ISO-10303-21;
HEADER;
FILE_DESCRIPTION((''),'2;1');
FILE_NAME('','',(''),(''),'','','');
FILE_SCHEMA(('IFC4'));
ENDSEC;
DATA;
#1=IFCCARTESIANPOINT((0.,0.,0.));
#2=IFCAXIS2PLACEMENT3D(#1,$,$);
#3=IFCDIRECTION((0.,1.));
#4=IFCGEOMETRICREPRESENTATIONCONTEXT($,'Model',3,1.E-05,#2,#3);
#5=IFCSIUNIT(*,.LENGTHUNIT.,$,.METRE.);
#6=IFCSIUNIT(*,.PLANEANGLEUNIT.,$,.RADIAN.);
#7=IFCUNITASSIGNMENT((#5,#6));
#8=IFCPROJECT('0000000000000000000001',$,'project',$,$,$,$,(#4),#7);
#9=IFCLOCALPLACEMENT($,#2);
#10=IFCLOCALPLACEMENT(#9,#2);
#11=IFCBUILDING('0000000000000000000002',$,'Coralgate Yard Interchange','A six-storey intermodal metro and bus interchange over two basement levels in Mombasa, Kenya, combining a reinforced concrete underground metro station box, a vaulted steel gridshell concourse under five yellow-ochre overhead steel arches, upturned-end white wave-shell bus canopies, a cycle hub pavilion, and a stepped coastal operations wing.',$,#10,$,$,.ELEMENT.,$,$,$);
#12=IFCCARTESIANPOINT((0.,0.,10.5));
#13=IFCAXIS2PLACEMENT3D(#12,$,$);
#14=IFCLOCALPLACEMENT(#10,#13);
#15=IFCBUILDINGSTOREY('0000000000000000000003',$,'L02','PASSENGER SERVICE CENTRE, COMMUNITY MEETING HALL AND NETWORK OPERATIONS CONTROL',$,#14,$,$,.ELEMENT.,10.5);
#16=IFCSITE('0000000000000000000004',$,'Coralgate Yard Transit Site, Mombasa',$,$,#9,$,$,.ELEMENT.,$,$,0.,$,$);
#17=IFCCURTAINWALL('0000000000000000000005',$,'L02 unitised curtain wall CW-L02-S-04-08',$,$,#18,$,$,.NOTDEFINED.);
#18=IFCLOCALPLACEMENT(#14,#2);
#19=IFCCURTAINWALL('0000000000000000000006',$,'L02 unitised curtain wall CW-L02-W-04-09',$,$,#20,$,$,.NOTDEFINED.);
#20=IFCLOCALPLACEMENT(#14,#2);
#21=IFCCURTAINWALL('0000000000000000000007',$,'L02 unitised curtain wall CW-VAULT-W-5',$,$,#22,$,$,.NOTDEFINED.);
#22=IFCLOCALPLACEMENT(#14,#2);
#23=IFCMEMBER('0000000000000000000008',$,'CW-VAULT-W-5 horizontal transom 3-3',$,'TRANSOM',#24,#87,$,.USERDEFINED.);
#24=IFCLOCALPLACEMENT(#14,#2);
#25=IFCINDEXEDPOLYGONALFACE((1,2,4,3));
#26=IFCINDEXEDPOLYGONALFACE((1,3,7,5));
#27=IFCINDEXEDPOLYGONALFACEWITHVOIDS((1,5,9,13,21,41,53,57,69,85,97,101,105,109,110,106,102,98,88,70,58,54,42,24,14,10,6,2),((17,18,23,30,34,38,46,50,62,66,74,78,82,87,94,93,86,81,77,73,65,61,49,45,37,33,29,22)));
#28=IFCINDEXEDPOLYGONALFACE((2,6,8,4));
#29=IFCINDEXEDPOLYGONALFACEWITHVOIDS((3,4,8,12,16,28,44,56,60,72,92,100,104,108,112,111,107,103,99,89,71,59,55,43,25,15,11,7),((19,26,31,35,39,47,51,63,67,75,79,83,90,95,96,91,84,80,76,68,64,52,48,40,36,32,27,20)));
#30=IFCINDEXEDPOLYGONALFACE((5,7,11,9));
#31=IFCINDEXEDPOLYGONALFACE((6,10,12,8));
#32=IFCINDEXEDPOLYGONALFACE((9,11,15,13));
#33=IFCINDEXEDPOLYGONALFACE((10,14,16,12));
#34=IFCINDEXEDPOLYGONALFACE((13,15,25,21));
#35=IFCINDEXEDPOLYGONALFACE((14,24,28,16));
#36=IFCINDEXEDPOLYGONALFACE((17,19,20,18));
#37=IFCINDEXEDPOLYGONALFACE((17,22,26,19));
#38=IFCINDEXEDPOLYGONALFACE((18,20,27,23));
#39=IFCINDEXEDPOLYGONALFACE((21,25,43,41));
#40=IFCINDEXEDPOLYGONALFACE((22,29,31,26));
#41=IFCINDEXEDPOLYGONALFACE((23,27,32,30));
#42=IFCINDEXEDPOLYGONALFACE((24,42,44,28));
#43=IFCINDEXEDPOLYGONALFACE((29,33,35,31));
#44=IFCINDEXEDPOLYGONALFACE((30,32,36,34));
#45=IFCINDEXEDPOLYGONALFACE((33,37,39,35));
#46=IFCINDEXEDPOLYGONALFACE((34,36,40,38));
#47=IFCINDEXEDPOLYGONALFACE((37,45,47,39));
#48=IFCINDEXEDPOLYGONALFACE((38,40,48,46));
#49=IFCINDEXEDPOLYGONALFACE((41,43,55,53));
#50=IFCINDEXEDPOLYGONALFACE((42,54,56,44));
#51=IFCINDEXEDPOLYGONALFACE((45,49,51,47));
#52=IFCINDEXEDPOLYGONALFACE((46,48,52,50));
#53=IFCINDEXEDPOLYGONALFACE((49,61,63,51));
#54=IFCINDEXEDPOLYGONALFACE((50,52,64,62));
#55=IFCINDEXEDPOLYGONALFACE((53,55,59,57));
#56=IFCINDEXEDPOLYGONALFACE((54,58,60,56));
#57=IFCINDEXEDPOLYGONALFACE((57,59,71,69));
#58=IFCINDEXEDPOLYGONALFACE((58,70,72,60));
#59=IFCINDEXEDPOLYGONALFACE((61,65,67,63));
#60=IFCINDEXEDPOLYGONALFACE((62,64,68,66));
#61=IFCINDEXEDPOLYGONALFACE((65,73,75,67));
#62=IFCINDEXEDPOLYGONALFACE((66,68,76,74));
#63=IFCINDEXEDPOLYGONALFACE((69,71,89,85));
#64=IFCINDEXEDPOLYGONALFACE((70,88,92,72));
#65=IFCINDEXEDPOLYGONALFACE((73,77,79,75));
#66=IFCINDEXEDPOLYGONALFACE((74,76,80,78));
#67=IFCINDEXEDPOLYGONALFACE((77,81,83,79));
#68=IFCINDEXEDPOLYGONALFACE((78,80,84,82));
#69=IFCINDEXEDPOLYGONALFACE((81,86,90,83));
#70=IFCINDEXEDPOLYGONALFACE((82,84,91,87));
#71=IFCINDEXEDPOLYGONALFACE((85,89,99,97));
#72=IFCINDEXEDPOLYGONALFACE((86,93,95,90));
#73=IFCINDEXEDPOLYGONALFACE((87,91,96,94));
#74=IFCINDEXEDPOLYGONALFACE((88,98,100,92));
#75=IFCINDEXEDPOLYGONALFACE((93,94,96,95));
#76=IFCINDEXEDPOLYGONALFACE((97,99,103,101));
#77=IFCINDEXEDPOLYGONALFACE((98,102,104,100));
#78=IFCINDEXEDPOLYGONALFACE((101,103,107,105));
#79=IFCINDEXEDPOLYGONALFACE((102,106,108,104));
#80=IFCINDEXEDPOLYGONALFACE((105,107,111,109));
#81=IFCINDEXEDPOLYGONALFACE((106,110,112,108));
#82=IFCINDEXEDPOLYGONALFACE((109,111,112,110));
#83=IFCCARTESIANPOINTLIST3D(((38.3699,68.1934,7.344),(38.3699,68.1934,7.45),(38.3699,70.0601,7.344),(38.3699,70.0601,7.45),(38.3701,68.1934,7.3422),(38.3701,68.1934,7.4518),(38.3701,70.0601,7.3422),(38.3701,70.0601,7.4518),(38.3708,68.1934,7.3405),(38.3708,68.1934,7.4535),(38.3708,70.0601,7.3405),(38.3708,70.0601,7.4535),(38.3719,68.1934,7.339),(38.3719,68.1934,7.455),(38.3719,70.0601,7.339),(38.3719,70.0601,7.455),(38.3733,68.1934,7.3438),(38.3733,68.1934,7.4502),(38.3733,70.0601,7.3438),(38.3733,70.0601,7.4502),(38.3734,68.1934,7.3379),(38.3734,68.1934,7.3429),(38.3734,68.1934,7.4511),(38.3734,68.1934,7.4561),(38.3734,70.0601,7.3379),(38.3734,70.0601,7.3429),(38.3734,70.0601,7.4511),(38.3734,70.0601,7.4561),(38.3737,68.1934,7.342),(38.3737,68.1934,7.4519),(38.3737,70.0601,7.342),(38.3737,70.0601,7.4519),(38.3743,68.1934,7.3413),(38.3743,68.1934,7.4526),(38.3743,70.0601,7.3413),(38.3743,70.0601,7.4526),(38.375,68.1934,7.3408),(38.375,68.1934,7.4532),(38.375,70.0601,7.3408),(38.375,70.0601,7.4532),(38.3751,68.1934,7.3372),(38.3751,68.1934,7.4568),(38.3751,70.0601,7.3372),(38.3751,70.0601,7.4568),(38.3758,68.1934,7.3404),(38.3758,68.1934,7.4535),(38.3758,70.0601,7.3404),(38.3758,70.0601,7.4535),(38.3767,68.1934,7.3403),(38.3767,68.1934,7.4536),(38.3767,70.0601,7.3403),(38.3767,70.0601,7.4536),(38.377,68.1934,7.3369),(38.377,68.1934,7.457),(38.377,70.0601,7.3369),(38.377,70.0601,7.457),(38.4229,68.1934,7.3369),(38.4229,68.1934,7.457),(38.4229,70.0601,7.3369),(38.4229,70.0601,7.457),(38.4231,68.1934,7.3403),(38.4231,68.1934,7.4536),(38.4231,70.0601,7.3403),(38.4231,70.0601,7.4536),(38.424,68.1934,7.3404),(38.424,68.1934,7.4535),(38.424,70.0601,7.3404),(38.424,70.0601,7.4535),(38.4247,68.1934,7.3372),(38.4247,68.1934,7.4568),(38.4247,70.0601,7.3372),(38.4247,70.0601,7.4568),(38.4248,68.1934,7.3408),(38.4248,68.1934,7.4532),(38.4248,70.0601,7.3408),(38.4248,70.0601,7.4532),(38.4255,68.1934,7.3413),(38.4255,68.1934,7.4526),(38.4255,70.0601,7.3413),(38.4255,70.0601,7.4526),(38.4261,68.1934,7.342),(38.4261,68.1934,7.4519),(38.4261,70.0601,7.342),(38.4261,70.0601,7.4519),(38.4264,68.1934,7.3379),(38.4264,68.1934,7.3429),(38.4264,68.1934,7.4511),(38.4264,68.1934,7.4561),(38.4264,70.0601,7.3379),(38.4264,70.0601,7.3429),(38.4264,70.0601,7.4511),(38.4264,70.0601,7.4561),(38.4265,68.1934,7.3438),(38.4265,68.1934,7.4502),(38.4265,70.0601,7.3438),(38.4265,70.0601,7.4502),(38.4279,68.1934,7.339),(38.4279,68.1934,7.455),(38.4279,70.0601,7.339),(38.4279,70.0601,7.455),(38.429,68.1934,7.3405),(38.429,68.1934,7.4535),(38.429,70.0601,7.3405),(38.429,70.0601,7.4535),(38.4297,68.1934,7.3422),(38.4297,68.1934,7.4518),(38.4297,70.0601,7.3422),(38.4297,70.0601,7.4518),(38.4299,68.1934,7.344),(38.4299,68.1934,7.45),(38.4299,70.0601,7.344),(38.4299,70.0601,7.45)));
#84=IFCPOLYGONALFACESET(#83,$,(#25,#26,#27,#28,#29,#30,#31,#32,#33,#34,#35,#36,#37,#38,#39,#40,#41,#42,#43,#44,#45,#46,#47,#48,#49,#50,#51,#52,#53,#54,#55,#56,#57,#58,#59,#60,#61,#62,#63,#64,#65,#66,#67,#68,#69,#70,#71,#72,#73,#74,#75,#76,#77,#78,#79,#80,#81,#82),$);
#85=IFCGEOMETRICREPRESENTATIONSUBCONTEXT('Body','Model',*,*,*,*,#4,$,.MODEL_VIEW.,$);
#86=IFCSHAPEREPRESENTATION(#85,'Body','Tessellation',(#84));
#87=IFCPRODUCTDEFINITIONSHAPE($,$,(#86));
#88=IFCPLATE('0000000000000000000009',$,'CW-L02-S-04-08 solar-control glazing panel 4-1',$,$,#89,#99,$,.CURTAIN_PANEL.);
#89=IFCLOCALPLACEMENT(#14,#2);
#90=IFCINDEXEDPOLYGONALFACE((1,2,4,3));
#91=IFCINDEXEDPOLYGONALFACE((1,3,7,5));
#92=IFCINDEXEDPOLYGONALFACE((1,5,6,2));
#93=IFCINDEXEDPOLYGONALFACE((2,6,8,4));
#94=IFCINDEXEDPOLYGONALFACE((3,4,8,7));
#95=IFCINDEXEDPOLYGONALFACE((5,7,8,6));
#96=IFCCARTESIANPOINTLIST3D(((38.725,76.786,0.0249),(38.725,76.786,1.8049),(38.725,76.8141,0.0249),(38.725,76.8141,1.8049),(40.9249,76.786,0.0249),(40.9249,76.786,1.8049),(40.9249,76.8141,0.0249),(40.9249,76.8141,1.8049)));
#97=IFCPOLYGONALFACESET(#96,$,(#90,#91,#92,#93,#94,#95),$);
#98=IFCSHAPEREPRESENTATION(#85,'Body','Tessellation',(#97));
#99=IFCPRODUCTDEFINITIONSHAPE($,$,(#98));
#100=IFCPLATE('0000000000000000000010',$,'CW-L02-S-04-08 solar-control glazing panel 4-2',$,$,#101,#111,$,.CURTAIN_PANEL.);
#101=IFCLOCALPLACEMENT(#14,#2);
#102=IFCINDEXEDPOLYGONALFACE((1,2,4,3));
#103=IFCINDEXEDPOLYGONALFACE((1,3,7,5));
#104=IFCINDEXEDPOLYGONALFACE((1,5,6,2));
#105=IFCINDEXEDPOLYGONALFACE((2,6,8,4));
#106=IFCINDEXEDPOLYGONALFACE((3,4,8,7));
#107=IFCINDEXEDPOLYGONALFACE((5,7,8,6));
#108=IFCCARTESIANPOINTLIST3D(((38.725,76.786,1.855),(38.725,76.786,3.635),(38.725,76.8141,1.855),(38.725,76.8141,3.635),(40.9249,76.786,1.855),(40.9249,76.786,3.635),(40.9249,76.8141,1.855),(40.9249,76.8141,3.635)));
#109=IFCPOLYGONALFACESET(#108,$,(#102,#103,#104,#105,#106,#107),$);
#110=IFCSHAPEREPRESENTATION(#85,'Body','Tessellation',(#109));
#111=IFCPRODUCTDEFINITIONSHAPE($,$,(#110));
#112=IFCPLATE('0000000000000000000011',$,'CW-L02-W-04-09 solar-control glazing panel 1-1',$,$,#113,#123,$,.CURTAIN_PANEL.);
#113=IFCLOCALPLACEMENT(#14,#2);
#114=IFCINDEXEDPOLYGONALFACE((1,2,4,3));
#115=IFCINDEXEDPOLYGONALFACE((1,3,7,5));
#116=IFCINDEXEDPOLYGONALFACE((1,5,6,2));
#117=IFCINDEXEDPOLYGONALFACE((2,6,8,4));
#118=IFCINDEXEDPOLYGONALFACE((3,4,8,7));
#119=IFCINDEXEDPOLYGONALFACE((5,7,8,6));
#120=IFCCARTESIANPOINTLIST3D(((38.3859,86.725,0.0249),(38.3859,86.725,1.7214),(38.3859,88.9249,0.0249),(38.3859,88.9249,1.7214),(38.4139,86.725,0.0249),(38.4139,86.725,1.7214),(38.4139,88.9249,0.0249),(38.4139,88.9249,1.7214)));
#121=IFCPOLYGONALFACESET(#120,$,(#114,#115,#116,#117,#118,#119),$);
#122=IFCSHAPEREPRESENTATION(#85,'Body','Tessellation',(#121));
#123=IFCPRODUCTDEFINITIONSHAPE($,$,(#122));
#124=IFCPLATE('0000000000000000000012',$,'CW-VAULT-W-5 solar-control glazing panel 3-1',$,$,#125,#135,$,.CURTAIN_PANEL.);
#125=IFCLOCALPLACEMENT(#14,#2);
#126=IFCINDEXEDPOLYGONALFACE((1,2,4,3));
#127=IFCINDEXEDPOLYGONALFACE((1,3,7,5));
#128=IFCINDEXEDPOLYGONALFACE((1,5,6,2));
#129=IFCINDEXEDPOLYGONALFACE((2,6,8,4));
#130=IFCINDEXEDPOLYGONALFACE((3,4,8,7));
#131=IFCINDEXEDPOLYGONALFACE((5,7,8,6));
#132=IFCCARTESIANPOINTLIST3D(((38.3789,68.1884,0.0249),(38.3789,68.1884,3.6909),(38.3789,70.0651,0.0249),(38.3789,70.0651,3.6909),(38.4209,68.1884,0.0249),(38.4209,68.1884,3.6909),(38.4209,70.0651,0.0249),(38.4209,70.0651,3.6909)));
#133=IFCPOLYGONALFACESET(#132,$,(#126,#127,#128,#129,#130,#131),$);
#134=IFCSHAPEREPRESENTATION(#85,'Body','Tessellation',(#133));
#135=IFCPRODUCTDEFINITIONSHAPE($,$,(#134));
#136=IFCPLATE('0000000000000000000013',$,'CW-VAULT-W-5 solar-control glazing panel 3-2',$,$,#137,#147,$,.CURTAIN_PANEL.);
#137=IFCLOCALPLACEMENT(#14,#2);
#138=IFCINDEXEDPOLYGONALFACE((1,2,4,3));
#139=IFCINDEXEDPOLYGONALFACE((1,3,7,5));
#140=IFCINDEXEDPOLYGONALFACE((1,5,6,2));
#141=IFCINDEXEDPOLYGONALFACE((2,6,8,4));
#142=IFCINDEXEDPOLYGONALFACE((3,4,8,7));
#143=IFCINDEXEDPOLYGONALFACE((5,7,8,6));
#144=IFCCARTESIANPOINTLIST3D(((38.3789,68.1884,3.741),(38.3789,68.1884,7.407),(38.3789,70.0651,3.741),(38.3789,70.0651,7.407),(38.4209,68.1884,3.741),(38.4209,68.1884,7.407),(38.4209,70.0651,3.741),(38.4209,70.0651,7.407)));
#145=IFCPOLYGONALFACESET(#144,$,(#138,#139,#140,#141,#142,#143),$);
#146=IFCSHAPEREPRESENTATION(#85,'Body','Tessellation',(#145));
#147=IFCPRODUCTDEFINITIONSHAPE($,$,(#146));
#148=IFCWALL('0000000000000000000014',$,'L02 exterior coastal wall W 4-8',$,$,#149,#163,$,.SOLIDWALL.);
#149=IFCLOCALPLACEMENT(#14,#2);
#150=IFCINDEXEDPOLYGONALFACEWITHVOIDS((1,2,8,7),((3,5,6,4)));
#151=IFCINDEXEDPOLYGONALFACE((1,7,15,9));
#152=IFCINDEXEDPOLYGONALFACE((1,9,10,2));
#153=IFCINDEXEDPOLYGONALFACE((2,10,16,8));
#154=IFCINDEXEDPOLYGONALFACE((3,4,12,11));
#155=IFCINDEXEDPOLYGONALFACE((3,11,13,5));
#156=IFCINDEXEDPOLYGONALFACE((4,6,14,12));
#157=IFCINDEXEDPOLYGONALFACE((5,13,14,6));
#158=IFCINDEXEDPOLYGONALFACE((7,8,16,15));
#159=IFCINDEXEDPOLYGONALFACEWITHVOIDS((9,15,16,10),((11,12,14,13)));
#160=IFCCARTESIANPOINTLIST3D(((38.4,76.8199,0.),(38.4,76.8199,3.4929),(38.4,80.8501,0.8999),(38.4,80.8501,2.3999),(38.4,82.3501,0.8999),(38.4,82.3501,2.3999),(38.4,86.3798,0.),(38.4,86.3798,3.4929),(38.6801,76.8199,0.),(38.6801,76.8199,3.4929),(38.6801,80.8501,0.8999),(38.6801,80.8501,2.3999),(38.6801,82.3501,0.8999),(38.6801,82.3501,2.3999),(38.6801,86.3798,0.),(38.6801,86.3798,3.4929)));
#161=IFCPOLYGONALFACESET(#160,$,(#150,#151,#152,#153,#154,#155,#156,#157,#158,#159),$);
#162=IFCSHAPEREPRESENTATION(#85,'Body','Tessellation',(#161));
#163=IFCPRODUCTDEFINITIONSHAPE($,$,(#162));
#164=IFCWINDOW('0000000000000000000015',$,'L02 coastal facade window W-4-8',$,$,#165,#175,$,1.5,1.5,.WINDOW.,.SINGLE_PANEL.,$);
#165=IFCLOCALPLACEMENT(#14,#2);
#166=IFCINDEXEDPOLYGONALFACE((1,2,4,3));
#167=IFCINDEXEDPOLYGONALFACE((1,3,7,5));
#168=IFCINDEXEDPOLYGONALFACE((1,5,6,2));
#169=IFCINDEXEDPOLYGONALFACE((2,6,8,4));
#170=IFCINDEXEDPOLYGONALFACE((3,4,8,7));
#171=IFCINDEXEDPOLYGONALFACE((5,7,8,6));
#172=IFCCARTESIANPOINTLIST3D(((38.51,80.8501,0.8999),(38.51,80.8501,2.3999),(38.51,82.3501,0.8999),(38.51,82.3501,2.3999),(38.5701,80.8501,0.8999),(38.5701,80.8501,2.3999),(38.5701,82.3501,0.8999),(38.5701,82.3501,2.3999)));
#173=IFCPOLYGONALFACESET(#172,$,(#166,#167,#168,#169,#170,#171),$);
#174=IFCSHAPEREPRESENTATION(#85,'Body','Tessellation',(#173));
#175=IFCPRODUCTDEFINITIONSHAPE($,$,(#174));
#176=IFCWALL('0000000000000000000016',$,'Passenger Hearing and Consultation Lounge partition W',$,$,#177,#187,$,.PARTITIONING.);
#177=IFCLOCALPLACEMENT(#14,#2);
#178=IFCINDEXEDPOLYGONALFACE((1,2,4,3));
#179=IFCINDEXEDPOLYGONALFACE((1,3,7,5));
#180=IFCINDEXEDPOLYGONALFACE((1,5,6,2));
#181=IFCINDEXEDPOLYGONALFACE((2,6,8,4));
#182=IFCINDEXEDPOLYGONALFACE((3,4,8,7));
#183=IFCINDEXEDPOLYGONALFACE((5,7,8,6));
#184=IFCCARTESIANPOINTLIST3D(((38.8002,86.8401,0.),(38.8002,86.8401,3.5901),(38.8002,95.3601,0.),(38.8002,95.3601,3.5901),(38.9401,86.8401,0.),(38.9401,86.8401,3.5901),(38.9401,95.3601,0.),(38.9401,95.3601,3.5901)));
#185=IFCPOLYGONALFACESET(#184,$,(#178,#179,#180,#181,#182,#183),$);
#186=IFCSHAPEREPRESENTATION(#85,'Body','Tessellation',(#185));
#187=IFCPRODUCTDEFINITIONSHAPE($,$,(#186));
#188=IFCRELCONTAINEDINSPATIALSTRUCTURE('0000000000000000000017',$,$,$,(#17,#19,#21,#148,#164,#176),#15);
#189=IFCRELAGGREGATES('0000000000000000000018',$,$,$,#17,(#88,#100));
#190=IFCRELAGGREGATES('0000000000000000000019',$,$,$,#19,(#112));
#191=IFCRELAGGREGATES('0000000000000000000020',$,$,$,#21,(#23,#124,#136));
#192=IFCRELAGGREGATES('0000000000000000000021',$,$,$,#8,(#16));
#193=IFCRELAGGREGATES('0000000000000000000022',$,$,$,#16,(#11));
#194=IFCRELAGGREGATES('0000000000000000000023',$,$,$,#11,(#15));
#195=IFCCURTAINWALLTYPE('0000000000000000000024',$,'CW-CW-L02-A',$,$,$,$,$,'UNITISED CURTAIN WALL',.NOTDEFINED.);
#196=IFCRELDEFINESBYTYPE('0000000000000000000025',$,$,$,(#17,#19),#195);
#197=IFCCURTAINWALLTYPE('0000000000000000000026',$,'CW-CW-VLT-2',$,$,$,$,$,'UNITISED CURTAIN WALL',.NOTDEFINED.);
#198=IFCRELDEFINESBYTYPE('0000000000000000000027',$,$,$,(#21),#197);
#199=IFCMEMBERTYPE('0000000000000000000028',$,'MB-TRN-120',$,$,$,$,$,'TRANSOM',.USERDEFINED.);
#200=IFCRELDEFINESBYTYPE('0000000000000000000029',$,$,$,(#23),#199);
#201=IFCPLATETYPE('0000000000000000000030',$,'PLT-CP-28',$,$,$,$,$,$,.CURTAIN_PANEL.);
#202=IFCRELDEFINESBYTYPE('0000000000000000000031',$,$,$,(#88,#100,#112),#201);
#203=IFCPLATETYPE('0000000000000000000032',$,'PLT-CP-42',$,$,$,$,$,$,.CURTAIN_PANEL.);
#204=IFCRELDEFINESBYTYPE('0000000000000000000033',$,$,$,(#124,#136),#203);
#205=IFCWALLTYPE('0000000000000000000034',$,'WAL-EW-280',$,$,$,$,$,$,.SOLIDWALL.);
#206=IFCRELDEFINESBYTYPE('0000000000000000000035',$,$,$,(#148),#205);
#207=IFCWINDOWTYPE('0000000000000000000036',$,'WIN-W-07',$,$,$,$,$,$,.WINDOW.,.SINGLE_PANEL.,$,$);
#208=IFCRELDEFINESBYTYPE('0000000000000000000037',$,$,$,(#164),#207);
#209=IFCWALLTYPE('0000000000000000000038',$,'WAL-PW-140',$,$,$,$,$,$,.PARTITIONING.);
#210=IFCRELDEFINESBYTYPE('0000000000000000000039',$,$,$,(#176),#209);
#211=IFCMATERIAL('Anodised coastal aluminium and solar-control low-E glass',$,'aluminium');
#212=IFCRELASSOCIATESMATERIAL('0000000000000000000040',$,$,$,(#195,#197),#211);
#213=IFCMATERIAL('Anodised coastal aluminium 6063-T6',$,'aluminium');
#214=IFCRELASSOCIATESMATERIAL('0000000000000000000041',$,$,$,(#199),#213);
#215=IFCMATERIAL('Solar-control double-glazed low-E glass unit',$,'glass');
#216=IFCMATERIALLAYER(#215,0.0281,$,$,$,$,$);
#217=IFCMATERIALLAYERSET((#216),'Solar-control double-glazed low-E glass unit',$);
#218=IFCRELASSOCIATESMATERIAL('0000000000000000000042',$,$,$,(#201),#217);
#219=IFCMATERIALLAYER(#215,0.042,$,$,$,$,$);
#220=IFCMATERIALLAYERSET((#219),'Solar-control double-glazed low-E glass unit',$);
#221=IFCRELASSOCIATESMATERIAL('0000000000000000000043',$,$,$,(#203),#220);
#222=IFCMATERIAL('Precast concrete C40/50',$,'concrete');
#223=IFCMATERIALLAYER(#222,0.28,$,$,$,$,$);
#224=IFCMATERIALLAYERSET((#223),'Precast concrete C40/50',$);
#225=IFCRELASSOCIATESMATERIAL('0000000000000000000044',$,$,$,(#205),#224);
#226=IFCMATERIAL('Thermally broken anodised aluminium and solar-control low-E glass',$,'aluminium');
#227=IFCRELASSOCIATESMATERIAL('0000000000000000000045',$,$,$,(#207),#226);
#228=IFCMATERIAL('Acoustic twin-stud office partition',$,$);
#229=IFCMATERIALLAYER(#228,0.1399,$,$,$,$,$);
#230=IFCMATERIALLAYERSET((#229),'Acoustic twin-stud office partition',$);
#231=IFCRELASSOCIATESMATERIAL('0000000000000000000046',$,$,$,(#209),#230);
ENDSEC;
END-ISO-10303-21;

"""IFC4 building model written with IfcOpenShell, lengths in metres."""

from ifc_helpers import new_model, si_unit, direction, frame, frame_2d, origin, origin_2d, place, context, subcontext, project, spatial, rectangle, hollow_rectangle, extrude, material, layer, layer_set, material_profile, profile_set, type_object, element, fill, aggregate, save


model = new_model("IFC4")

# Units and contexts
model_context = context("Model", 3, precision=1e-05, world=origin(), true_north=direction((0.0, 1.0)))
body_context = subcontext(model_context, "Body", "Model", "MODEL_VIEW")
ifc_project = project(units=[si_unit("LENGTHUNIT", "METRE"), si_unit("PLANEANGLEUNIT", "RADIAN")], contexts=[model_context])

# Site, building, storey
site_placement = place(None, origin())
site = spatial("IfcSite", under=ifc_project, at=site_placement, Name="Coralgate Yard Transit Site, Mombasa", CompositionType="ELEMENT", RefElevation=0.0)
building_placement = place(site_placement, origin())
building = spatial("IfcBuilding", under=site, at=building_placement, Name="Coralgate Yard Interchange", Description="A six-storey intermodal metro and bus interchange over two basement levels in Mombasa, Kenya, combining a reinforced concrete underground metro station box, a vaulted steel gridshell concourse under five yellow-ochre overhead steel arches, upturned-end white wave-shell bus canopies, a cycle hub pavilion, and a stepped coastal operations wing.", CompositionType="ELEMENT")
storey_placement = place(building_placement, frame((0.0, 0.0, 10.5)))
storey = spatial("IfcBuildingStorey", under=building, at=storey_placement, Name="L02", Description="PASSENGER SERVICE CENTRE, COMMUNITY MEETING HALL AND NETWORK OPERATIONS CONTROL", CompositionType="ELEMENT", Elevation=10.5)

# Curtain wall
ifc_material_1 = material(Name="Anodised coastal aluminium and solar-control low-E glass", Category="aluminium")
curtain_wall_type_1 = type_object("IfcCurtainWallType", Name="CW-CW-L02-A", ElementType="UNITISED CURTAIN WALL", PredefinedType="NOTDEFINED", material=ifc_material_1)
curtain_wall_1_placement = place(storey_placement, origin())
curtain_wall_1 = element("IfcCurtainWall", 1, at=curtain_wall_1_placement, inside=storey, type_object=curtain_wall_type_1, Name="L02 unitised curtain wall CW-L02-S-04-08", PredefinedType="NOTDEFINED")
ifc_material_2 = material(Name="Anodised coastal aluminium 6063-T6", Category="aluminium")

# Curtain walls
curtain_wall_2_placement = place(storey_placement, origin())
curtain_wall_2 = element("IfcCurtainWall", 2, at=curtain_wall_2_placement, inside=storey, type_object=curtain_wall_type_1, Name="L02 unitised curtain wall CW-L02-W-04-09", PredefinedType="NOTDEFINED")
curtain_wall_type_2 = type_object("IfcCurtainWallType", Name="CW-CW-VLT-2", ElementType="UNITISED CURTAIN WALL", PredefinedType="NOTDEFINED", material=ifc_material_1)
curtain_wall_3_placement = place(storey_placement, origin())
curtain_wall_3 = element("IfcCurtainWall", 3, at=curtain_wall_3_placement, inside=storey, type_object=curtain_wall_type_2, Name="L02 unitised curtain wall CW-VAULT-W-5", PredefinedType="NOTDEFINED")

# Member
ifc_material_profile_1 = material_profile(ifc_material_2, hollow_rectangle(XDim=0.0601, YDim=0.1201, WallThickness=0.0034, InnerFilletRadius=0.0034, OuterFilletRadius=0.0071, at=origin_2d()), Name="ALU 60x120x3.5")
ifc_profile_set_1 = profile_set([ifc_material_profile_1], Name="Anodised coastal aluminium 6063-T6")
member_type_1 = type_object("IfcMemberType", Name="MB-TRN-120", ElementType="TRANSOM", PredefinedType="USERDEFINED", material=ifc_profile_set_1)
member_1_placement = place(storey_placement, frame((38.3999, 68.1934, 7.397), z_axis=(0.0, 1.0, 0.0), x_axis=(-1.0, 0.0, 0.0)))
member_1 = element("IfcMember", 4, at=member_1_placement, type_object=member_type_1, Name="CW-VAULT-W-5 horizontal transom 3-3", ObjectType="TRANSOM", PredefinedType="USERDEFINED", context=body_context, shape_type="SweptSolid", body=[
    extrude(hollow_rectangle(XDim=0.0601, YDim=0.1201, WallThickness=0.0034, InnerFilletRadius=0.0034, OuterFilletRadius=0.0071, at=origin_2d()), origin(), (0.0, 0.0, 1.0), 1.8667),
])

# Plates
ifc_material_3 = material(Name="Solar-control double-glazed low-E glass unit", Category="glass")
ifc_layer_1 = layer(ifc_material_3, 0.0281)
ifc_layer_set_1 = layer_set([ifc_layer_1], Name="Solar-control double-glazed low-E glass unit")
plate_type_1 = type_object("IfcPlateType", Name="PLT-CP-28", PredefinedType="CURTAIN_PANEL", material=ifc_layer_set_1)
plate_1_placement = place(storey_placement, frame((39.825, 76.8, 0.0249), z_axis=(0.0, 0.0, 1.0), x_axis=(-1.0, 0.0, 0.0)))
plate_1 = element("IfcPlate", 5, at=plate_1_placement, type_object=plate_type_1, Name="CW-L02-S-04-08 solar-control glazing panel 4-1", PredefinedType="CURTAIN_PANEL", context=body_context, shape_type="SweptSolid", body=[
    extrude(rectangle(XDim=2.2, YDim=0.0281, at=origin_2d()), origin(), (0.0, 0.0, 1.0), 1.78),
])
plate_2_placement = place(storey_placement, frame((39.825, 76.8, 1.855), z_axis=(0.0, 0.0, 1.0), x_axis=(-1.0, 0.0, 0.0)))
plate_2 = element("IfcPlate", 6, at=plate_2_placement, type_object=plate_type_1, Name="CW-L02-S-04-08 solar-control glazing panel 4-2", PredefinedType="CURTAIN_PANEL", context=body_context, shape_type="SweptSolid", body=[
    extrude(rectangle(XDim=2.2, YDim=0.0281, at=origin_2d()), origin(), (0.0, 0.0, 1.0), 1.78),
])
aggregate(curtain_wall_1, [plate_1, plate_2])
plate_3_placement = place(storey_placement, frame((38.3999, 87.825, 0.0249), z_axis=(0.0, 0.0, 1.0), x_axis=(0.0, 1.0, 0.0)))
plate_3 = element("IfcPlate", 7, at=plate_3_placement, type_object=plate_type_1, Name="CW-L02-W-04-09 solar-control glazing panel 1-1", PredefinedType="CURTAIN_PANEL", context=body_context, shape_type="SweptSolid", body=[
    extrude(rectangle(XDim=2.2, YDim=0.0281, at=origin_2d()), origin(), (0.0, 0.0, 1.0), 1.6965),
])
aggregate(curtain_wall_2, [plate_3])
ifc_layer_2 = layer(ifc_material_3, 0.042)
ifc_layer_set_2 = layer_set([ifc_layer_2], Name="Solar-control double-glazed low-E glass unit")
plate_type_2 = type_object("IfcPlateType", Name="PLT-CP-42", PredefinedType="CURTAIN_PANEL", material=ifc_layer_set_2)
plate_4_placement = place(storey_placement, frame((38.3999, 69.1267, 0.0249), z_axis=(0.0, 0.0, 1.0), x_axis=(0.0, 1.0, 0.0)))
plate_4 = element("IfcPlate", 8, at=plate_4_placement, type_object=plate_type_2, Name="CW-VAULT-W-5 solar-control glazing panel 3-1", PredefinedType="CURTAIN_PANEL", context=body_context, shape_type="SweptSolid", body=[
    extrude(rectangle(XDim=1.8767, YDim=0.042, at=origin_2d()), origin(), (0.0, 0.0, 1.0), 3.666),
])
plate_5_placement = place(storey_placement, frame((38.3999, 69.1267, 3.741), z_axis=(0.0, 0.0, 1.0), x_axis=(0.0, 1.0, 0.0)))
plate_5 = element("IfcPlate", 9, at=plate_5_placement, type_object=plate_type_2, Name="CW-VAULT-W-5 solar-control glazing panel 3-2", PredefinedType="CURTAIN_PANEL", context=body_context, shape_type="SweptSolid", body=[
    extrude(rectangle(XDim=1.8767, YDim=0.042, at=origin_2d()), origin(), (0.0, 0.0, 1.0), 3.666),
])
aggregate(curtain_wall_3, [member_1, plate_4, plate_5])

# Wall, opening, window
ifc_material_4 = material(Name="Precast concrete C40/50", Category="concrete")
ifc_layer_3 = layer(ifc_material_4, 0.28)
ifc_layer_set_3 = layer_set([ifc_layer_3], Name="Precast concrete C40/50")
wall_type_1 = type_object("IfcWallType", Name="WAL-EW-280", PredefinedType="SOLIDWALL", material=ifc_layer_set_3)
wall_1_placement = place(storey_placement, frame((38.54, 76.8201, 0.0), z_axis=(0.0, 0.0, 1.0), x_axis=(0.0, 1.0, 0.0)))
wall_1 = element("IfcWall", 10, at=wall_1_placement, inside=storey, type_object=wall_type_1, Name="L02 exterior coastal wall W 4-8", PredefinedType="SOLIDWALL", context=body_context, shape_type="SweptSolid", body=[
    extrude(rectangle(XDim=9.5598, YDim=0.28, at=frame_2d((4.7798, 0.0))), origin(), (0.0, 0.0, 1.0), 3.4929),
])
opening_placement = place(wall_1_placement, frame((4.03, 0.0, 0.8999)))
opening = element("IfcOpeningElement", 11, at=opening_placement, cuts=wall_1, PredefinedType="OPENING", context=body_context, shape_type="SweptSolid", body=[
    extrude(rectangle(XDim=1.5, YDim=1.5, at=frame_2d((0.75, 0.75))), frame((0.0, 0.1499, 0.0), z_axis=(0.0, -1.0, 0.0), x_axis=(1.0, 0.0, 0.0)), (0.0, 0.0, 1.0), 0.3),
])
ifc_material_5 = material(Name="Thermally broken anodised aluminium and solar-control low-E glass", Category="aluminium")
window_type = type_object("IfcWindowType", Name="WIN-W-07", PartitioningType="SINGLE_PANEL", PredefinedType="WINDOW", material=ifc_material_5)
window_placement = place(opening_placement, origin())
window = element("IfcWindow", 12, at=window_placement, inside=storey, type_object=window_type, Name="L02 coastal facade window W-4-8", OverallHeight=1.5, OverallWidth=1.5, PartitioningType="SINGLE_PANEL", PredefinedType="WINDOW", context=body_context, shape_type="SweptSolid", body=[
    extrude(rectangle(XDim=1.5, YDim=1.5, at=frame_2d((0.75, 0.75))), frame((0.0, 0.03, 0.0), z_axis=(0.0, -1.0, 0.0), x_axis=(1.0, 0.0, 0.0)), (0.0, 0.0, 1.0), 0.0601),
])
fill(opening, window)

# Wall
ifc_material_6 = material(Name="Acoustic twin-stud office partition")
ifc_layer_4 = layer(ifc_material_6, 0.1399)
ifc_layer_set_4 = layer_set([ifc_layer_4], Name="Acoustic twin-stud office partition")
wall_type_2 = type_object("IfcWallType", Name="WAL-PW-140", PredefinedType="PARTITIONING", material=ifc_layer_set_4)
wall_2_placement = place(storey_placement, frame((38.8701, 86.8401, 0.0), z_axis=(0.0, 0.0, 1.0), x_axis=(0.0, 1.0, 0.0)))
element("IfcWall", 13, at=wall_2_placement, inside=storey, type_object=wall_type_2, Name="Passenger Hearing and Consultation Lounge partition W", PredefinedType="PARTITIONING", context=body_context, shape_type="SweptSolid", body=[
    extrude(rectangle(XDim=8.52, YDim=0.1399, at=frame_2d((4.26, 0.0))), origin(), (0.0, 0.0, 1.0), 3.5901),
])

save(model, "model.ifc")
